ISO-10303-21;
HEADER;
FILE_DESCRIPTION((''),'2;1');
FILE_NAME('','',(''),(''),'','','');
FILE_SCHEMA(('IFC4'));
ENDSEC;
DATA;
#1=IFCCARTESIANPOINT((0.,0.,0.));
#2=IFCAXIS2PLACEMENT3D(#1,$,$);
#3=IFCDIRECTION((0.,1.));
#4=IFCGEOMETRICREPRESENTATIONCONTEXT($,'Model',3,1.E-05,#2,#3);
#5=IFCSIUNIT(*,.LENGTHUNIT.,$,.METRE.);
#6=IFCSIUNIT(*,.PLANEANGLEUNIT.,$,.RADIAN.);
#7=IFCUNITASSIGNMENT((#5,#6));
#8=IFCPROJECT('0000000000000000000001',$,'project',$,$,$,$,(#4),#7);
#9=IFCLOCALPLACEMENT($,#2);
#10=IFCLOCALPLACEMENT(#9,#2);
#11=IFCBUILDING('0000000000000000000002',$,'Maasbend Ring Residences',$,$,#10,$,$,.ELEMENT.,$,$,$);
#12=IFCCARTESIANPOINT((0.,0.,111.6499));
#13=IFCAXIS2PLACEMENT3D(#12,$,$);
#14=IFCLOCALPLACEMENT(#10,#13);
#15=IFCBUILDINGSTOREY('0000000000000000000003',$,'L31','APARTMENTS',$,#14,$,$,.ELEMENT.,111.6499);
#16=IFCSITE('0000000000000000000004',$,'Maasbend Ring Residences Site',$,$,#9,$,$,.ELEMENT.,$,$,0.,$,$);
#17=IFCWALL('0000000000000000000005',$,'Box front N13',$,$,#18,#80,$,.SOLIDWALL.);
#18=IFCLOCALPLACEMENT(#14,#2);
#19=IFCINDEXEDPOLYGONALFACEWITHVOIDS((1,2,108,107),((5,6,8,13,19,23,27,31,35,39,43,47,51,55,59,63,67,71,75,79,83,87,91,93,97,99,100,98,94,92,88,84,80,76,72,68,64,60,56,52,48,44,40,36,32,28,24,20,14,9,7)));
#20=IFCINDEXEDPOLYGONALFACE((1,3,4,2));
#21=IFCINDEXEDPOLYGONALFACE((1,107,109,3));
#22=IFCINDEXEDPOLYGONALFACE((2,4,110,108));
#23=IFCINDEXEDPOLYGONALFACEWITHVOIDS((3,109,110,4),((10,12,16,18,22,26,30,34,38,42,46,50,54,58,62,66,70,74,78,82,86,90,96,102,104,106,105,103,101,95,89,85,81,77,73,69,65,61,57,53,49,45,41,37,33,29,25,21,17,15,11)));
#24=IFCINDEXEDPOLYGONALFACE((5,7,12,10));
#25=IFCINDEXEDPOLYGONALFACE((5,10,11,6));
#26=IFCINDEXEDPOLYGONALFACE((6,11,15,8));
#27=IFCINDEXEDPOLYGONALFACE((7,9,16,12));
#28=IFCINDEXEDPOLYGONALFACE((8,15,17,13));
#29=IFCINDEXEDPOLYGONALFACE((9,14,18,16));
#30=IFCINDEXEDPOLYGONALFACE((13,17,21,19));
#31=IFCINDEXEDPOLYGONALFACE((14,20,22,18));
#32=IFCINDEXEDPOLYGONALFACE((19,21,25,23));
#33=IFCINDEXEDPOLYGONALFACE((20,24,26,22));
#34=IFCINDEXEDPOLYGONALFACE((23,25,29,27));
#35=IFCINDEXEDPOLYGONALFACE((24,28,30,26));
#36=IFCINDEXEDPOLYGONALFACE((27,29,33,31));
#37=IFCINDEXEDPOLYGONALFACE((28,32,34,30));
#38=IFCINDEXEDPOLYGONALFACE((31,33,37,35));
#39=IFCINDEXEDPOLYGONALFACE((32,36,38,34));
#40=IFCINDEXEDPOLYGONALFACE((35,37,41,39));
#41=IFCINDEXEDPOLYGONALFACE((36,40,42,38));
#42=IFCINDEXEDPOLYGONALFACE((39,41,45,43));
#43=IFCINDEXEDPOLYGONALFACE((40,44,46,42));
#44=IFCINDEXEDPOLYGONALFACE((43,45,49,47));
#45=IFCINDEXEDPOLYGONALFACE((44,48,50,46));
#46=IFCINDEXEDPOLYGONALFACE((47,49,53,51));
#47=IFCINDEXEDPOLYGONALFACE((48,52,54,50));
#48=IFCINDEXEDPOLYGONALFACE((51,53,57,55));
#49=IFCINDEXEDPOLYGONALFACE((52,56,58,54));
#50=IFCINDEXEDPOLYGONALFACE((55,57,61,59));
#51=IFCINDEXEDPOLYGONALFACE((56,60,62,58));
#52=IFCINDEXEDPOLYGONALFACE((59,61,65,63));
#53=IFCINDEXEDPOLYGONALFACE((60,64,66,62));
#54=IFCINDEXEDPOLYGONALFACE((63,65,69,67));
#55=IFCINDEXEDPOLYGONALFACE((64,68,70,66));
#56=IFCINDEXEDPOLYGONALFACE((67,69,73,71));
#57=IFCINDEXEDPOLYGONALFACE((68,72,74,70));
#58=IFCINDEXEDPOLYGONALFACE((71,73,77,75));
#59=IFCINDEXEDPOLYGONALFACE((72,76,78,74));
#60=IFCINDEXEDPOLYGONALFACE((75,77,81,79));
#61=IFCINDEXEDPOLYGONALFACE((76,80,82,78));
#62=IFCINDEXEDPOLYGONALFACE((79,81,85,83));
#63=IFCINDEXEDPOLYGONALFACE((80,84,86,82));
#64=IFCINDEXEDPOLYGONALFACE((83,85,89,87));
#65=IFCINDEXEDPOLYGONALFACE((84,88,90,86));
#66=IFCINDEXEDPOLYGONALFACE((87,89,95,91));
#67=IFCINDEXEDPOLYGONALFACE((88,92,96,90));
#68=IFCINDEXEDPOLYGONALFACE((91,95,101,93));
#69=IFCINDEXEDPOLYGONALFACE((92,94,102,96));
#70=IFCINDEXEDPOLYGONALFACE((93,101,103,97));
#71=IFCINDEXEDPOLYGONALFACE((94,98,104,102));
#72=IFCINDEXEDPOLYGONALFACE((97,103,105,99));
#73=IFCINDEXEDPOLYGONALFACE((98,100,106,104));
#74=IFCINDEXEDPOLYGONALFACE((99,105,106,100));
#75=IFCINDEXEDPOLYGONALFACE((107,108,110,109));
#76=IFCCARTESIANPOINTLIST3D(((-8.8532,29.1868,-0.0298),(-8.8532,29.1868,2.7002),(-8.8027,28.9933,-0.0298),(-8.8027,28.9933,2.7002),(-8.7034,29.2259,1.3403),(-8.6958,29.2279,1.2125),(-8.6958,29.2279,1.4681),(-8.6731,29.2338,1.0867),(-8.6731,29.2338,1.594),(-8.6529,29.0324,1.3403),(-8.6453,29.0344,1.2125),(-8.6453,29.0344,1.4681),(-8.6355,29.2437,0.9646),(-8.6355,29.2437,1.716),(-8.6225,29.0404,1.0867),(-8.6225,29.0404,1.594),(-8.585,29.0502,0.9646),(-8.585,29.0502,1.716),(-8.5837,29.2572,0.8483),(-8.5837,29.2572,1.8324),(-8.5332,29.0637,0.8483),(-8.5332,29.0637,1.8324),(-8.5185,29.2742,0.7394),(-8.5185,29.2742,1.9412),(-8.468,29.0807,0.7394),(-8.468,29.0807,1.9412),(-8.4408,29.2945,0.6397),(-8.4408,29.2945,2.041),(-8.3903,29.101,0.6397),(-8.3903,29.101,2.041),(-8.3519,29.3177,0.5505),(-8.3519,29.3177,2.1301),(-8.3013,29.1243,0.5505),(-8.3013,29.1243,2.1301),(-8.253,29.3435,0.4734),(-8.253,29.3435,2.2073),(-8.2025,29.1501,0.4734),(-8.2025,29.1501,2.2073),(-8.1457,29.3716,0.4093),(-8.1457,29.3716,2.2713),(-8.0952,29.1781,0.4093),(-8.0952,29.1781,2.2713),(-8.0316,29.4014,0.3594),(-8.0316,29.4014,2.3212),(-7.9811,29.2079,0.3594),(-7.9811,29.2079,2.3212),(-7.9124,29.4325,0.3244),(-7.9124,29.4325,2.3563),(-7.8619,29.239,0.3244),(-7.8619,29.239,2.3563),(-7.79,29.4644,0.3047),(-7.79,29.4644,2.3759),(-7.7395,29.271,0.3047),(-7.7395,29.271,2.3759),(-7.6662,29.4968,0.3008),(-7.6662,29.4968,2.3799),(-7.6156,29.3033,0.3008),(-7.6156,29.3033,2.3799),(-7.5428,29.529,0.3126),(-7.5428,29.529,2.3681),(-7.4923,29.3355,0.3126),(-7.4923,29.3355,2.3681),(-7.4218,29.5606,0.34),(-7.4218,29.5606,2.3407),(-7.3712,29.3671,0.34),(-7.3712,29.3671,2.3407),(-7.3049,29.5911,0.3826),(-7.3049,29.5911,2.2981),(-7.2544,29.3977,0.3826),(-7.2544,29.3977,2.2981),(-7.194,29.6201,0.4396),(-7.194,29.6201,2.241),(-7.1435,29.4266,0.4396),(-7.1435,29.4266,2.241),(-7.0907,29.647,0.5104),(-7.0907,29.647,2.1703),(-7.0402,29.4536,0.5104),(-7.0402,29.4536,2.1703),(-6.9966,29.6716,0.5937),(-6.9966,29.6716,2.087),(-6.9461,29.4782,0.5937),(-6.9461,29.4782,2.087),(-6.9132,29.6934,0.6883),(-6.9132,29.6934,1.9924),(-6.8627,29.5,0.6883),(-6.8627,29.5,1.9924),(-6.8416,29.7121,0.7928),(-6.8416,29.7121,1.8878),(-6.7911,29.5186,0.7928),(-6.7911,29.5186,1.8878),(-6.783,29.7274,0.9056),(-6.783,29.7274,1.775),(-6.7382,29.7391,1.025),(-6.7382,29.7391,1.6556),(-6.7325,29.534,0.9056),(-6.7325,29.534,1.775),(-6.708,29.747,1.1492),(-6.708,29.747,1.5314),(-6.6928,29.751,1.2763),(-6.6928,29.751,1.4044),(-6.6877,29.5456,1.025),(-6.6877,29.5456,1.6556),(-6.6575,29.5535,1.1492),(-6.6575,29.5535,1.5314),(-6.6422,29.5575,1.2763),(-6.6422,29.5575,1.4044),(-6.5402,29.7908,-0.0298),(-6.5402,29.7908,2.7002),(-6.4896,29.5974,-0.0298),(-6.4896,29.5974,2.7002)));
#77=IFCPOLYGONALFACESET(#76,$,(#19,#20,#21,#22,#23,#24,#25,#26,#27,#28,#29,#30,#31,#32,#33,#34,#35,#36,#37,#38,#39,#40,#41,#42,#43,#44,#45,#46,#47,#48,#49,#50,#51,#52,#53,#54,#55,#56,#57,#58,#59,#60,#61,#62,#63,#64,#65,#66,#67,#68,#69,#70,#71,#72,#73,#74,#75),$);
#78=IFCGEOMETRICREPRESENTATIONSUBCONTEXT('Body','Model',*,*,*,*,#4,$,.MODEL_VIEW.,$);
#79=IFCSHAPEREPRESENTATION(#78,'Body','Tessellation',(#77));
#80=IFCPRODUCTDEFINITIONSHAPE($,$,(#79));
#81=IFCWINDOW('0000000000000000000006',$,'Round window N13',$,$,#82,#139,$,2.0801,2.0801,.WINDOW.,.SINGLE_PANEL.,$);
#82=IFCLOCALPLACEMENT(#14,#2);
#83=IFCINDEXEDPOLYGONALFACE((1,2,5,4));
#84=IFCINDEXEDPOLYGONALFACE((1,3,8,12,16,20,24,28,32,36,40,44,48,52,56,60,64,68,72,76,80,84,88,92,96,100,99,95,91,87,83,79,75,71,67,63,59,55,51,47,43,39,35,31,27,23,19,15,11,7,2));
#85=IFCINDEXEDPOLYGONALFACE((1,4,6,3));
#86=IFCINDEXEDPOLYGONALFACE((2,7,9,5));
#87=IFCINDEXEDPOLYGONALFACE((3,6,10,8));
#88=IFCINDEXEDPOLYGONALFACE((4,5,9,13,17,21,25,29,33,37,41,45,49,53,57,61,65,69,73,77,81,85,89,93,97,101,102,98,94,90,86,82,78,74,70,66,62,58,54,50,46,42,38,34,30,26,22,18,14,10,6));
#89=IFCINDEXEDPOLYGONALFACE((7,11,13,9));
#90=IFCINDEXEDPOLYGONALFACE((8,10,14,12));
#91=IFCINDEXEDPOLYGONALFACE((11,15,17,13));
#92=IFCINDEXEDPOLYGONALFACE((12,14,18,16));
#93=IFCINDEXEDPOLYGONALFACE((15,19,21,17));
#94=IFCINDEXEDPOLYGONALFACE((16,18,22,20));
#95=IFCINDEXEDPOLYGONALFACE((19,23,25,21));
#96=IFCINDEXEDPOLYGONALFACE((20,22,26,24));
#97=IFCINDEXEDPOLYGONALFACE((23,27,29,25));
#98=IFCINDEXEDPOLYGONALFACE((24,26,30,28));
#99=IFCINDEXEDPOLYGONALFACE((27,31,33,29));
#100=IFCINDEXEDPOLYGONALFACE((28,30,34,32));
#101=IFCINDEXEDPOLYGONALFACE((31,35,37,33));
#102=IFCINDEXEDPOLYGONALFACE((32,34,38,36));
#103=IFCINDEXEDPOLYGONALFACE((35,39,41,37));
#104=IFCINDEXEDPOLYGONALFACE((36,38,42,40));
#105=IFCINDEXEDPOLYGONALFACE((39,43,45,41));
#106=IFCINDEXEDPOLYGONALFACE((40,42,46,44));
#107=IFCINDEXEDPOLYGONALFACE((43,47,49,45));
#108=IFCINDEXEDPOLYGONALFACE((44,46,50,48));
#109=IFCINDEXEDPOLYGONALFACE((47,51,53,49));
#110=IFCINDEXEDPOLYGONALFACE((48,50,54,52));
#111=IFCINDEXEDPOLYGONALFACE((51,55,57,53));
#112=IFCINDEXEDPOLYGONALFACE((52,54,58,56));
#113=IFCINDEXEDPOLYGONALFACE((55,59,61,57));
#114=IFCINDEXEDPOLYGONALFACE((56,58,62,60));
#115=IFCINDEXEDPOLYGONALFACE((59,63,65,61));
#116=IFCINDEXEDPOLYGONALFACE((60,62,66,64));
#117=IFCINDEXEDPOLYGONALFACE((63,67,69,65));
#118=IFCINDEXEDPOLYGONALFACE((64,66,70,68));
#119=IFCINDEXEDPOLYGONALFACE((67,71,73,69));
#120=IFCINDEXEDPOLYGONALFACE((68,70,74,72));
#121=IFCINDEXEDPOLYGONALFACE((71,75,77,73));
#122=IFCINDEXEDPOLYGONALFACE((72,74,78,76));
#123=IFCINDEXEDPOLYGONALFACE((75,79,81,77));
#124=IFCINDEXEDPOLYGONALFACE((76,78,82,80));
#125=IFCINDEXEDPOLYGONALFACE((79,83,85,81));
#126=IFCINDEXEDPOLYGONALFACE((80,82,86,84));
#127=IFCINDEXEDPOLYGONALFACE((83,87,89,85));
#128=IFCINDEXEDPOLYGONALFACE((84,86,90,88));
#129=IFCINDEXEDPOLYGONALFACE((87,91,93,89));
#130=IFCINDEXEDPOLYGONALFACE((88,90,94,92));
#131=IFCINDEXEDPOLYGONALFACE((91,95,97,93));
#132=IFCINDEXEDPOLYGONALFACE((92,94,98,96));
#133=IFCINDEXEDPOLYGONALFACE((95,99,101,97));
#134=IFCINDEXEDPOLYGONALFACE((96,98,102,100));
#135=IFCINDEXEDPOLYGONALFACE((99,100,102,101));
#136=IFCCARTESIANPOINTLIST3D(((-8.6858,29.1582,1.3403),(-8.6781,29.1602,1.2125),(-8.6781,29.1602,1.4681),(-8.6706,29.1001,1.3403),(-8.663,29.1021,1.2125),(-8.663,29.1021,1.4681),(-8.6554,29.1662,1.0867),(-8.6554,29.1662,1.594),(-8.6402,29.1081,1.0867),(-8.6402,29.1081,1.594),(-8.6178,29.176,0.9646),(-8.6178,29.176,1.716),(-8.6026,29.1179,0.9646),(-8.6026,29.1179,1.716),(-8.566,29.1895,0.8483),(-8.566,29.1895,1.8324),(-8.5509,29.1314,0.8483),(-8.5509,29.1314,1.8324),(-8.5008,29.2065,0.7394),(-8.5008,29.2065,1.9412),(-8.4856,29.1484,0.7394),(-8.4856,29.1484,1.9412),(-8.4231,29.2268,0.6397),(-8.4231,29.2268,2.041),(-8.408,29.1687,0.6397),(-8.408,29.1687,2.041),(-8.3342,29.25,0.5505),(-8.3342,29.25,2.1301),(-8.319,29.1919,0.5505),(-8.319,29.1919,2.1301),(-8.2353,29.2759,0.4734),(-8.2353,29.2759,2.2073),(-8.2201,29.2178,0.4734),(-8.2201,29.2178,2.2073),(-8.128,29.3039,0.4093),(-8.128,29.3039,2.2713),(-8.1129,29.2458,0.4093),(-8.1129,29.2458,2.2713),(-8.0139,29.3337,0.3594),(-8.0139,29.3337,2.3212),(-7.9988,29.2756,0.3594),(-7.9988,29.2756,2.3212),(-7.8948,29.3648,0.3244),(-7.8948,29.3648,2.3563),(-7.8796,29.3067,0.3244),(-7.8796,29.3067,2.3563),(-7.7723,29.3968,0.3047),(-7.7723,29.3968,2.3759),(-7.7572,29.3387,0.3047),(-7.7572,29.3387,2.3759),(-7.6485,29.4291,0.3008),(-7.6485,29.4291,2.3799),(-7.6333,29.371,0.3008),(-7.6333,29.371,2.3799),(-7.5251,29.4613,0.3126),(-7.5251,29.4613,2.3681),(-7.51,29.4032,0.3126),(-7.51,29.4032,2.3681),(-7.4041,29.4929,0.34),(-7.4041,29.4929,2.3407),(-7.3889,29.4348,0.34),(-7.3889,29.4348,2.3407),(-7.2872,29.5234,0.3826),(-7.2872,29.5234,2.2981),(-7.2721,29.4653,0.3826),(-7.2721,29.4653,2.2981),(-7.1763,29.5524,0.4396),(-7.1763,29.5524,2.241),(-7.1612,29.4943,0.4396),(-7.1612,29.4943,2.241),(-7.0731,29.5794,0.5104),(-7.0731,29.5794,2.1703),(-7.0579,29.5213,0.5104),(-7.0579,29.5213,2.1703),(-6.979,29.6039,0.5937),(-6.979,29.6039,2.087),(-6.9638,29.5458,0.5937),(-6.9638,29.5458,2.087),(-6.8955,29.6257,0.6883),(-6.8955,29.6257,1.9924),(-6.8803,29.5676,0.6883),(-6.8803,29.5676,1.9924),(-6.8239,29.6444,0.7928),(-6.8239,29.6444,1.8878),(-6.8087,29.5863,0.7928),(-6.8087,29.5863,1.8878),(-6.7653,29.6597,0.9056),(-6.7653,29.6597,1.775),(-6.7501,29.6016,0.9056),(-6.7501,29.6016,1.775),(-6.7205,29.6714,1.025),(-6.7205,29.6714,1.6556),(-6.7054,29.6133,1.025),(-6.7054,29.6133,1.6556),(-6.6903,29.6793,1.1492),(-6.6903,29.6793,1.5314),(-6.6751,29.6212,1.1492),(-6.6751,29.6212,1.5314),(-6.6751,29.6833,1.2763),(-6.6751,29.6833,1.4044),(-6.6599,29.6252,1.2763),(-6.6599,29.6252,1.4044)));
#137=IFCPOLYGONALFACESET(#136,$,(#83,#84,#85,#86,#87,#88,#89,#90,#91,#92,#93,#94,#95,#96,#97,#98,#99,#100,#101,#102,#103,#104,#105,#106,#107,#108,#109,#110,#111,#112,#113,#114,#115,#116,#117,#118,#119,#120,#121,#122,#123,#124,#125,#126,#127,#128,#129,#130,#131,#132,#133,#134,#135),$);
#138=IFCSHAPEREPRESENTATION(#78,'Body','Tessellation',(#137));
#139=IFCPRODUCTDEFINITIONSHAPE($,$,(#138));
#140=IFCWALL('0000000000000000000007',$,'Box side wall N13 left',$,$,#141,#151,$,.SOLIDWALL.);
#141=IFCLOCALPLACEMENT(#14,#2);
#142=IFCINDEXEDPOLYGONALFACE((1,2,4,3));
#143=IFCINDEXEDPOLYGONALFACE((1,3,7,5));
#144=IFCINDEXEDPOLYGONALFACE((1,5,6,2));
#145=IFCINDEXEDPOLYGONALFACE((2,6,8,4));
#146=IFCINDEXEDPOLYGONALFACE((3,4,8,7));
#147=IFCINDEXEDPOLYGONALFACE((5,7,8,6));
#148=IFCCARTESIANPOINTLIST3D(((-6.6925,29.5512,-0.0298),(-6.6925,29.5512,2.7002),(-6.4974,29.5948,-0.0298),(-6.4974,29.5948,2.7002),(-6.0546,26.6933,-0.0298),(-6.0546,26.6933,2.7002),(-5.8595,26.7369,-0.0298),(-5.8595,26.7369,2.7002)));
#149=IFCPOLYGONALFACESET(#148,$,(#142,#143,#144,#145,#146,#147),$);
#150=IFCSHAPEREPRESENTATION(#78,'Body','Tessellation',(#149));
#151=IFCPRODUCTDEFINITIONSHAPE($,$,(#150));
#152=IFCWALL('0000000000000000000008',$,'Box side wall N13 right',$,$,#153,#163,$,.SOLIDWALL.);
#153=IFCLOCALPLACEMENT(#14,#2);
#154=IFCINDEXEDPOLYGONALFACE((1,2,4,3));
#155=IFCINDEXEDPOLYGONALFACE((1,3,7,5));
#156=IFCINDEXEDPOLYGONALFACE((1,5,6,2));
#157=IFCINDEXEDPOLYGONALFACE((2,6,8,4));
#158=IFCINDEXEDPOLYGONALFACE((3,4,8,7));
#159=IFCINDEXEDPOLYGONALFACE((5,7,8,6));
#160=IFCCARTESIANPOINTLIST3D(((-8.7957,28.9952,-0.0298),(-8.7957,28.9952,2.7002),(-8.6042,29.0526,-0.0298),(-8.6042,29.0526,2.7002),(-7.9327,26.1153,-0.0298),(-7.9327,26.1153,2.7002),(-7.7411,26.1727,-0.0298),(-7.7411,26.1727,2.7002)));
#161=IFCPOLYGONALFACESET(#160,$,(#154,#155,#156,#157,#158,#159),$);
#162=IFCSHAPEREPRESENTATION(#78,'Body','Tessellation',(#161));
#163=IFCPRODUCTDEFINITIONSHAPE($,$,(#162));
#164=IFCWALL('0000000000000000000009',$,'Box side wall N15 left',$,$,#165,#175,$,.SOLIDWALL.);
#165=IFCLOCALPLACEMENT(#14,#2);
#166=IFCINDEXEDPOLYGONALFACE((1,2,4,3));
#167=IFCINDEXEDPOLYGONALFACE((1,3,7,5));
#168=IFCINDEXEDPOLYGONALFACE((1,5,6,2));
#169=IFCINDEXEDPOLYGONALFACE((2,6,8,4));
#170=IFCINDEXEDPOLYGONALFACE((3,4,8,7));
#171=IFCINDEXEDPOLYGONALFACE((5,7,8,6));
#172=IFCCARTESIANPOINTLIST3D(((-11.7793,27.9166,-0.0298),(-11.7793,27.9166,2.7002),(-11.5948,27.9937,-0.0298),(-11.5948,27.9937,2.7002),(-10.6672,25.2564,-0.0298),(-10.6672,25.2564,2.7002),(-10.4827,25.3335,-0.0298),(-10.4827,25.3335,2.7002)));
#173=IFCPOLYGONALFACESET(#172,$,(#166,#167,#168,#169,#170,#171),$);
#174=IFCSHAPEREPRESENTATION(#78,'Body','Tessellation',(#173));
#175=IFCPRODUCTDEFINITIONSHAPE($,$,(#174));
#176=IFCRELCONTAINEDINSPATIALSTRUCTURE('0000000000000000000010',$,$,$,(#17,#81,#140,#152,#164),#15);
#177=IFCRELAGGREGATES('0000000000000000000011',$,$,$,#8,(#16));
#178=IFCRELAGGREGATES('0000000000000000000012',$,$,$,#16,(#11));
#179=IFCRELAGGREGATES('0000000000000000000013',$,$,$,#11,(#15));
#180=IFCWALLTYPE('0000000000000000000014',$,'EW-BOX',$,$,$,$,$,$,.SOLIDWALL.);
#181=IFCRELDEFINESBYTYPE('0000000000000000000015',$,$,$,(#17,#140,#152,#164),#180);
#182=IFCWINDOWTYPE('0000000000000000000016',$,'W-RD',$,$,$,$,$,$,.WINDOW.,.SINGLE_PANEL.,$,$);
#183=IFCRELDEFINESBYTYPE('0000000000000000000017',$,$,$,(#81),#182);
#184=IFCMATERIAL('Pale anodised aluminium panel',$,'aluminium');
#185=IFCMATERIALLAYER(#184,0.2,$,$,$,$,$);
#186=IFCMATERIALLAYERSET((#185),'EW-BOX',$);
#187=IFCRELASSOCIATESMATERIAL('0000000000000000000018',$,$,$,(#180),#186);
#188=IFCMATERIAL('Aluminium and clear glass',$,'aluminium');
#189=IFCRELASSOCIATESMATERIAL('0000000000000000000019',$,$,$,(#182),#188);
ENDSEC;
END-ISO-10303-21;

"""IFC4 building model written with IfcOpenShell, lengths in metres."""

from ifc_helpers import new_model, si_unit, direction, frame, frame_2d, origin, place, context, subcontext, project, spatial, rectangle, circle, extrude, material, layer, layer_set, type_object, element, fill, save


model = new_model("IFC4")

# Units and contexts
model_context = context("Model", 3, precision=1e-05, world=origin(), true_north=direction((0.0, 1.0)))
body_context = subcontext(model_context, "Body", "Model", "MODEL_VIEW")
ifc_project = project(units=[si_unit("LENGTHUNIT", "METRE"), si_unit("PLANEANGLEUNIT", "RADIAN")], contexts=[model_context])

# Site, building, storey
site_placement = place(None, origin())
site = spatial("IfcSite", under=ifc_project, at=site_placement, Name="Maasbend Ring Residences Site", CompositionType="ELEMENT", RefElevation=0.0)
building_placement = place(site_placement, origin())
building = spatial("IfcBuilding", under=site, at=building_placement, Name="Maasbend Ring Residences", CompositionType="ELEMENT")
storey_placement = place(building_placement, frame((0.0, 0.0, 111.6499)))
storey = spatial("IfcBuildingStorey", under=building, at=storey_placement, Name="L31", Description="APARTMENTS", CompositionType="ELEMENT", Elevation=111.6499)

# Shared definitions
ifc_material_1 = material(Name="Pale anodised aluminium panel", Category="aluminium")
ifc_layer_1 = layer(ifc_material_1, 0.2)
ifc_layer_set_1 = layer_set([ifc_layer_1], Name="EW-BOX")
wall_type_1 = type_object("IfcWallType", Name="EW-BOX", PredefinedType="SOLIDWALL", material=ifc_layer_set_1)

# Wall, opening, window
wall_1_placement = place(storey_placement, frame((-6.5149, 29.6941, -0.0298), z_axis=(0.0, 0.0, 1.0), x_axis=(-0.967554, -0.252663, 0.0)))
wall_1 = element("IfcWall", 1, at=wall_1_placement, inside=storey, type_object=wall_type_1, Name="Box front N13", PredefinedType="SOLIDWALL", context=body_context, shape_type="SweptSolid", body=[
    extrude(rectangle(XDim=2.3906, YDim=0.2, at=frame_2d((1.1953, 0.0))), origin(), (0.0, 0.0, 1.0), 2.73),
])
opening_1_placement = place(wall_1_placement, frame((0.1558, 0.0, 0.3301)))
opening_1 = element("IfcOpeningElement", 2, at=opening_1_placement, cuts=wall_1, PredefinedType="OPENING", context=body_context, shape_type="SweptSolid", body=[
    extrude(circle(Radius=1.04, at=frame_2d((1.04, 1.04))), frame((0.0, 0.1099, 0.0), z_axis=(0.0, -1.0, 0.0), x_axis=(1.0, 0.0, 0.0)), (0.0, 0.0, 1.0), 0.22),
])
ifc_material_2 = material(Name="Aluminium and clear glass", Category="aluminium")
window_type_1 = type_object("IfcWindowType", Name="W-RD", PartitioningType="SINGLE_PANEL", PredefinedType="WINDOW", material=ifc_material_2)
window_1_placement = place(opening_1_placement, origin())
window_1 = element("IfcWindow", 3, at=window_1_placement, inside=storey, type_object=window_type_1, Name="Round window N13", OverallHeight=2.0801, OverallWidth=2.0801, PartitioningType="SINGLE_PANEL", PredefinedType="WINDOW", context=body_context, shape_type="SweptSolid", body=[
    extrude(circle(Radius=1.04, at=frame_2d((1.04, 1.04))), frame((0.0, 0.03, 0.0), z_axis=(0.0, -1.0, 0.0), x_axis=(1.0, 0.0, 0.0)), (0.0, 0.0, 1.0), 0.0601),
])
fill(opening_1, window_1)

# Walls
wall_2_placement = place(storey_placement, frame((-5.957, 26.7151, -0.0298), z_axis=(0.0, 0.0, 1.0), x_axis=(-0.217857, 0.975981, 0.0)))
element("IfcWall", 4, at=wall_2_placement, inside=storey, type_object=wall_type_1, Name="Box side wall N13 left", PredefinedType="SOLIDWALL", context=body_context, shape_type="SweptSolid", body=[
    extrude(rectangle(XDim=2.9282, YDim=0.2, at=frame_2d((1.4641, 0.0))), origin(), (0.0, 0.0, 1.0), 2.73),
])
wall_3_placement = place(storey_placement, frame((-7.8369, 26.144, -0.0298), z_axis=(0.0, 0.0, 1.0), x_axis=(-0.287065, 0.957911, 0.0)))
element("IfcWall", 5, at=wall_3_placement, inside=storey, type_object=wall_type_1, Name="Box side wall N13 right", PredefinedType="SOLIDWALL", context=body_context, shape_type="SweptSolid", body=[
    extrude(rectangle(XDim=3.0063, YDim=0.2, at=frame_2d((1.5032, 0.0))), origin(), (0.0, 0.0, 1.0), 2.73),
])
wall_4_placement = place(storey_placement, frame((-10.575, 25.2949, -0.0298), z_axis=(0.0, 0.0, 1.0), x_axis=(-0.385697, 0.922625, 0.0)))
element("IfcWall", 6, at=wall_4_placement, inside=storey, type_object=wall_type_1, Name="Box side wall N15 left", PredefinedType="SOLIDWALL", context=body_context, shape_type="SweptSolid", body=[
    extrude(rectangle(XDim=2.8833, YDim=0.2, at=frame_2d((1.4417, 0.0))), origin(), (0.0, 0.0, 1.0), 2.73),
])

save(model, "model.ifc")
